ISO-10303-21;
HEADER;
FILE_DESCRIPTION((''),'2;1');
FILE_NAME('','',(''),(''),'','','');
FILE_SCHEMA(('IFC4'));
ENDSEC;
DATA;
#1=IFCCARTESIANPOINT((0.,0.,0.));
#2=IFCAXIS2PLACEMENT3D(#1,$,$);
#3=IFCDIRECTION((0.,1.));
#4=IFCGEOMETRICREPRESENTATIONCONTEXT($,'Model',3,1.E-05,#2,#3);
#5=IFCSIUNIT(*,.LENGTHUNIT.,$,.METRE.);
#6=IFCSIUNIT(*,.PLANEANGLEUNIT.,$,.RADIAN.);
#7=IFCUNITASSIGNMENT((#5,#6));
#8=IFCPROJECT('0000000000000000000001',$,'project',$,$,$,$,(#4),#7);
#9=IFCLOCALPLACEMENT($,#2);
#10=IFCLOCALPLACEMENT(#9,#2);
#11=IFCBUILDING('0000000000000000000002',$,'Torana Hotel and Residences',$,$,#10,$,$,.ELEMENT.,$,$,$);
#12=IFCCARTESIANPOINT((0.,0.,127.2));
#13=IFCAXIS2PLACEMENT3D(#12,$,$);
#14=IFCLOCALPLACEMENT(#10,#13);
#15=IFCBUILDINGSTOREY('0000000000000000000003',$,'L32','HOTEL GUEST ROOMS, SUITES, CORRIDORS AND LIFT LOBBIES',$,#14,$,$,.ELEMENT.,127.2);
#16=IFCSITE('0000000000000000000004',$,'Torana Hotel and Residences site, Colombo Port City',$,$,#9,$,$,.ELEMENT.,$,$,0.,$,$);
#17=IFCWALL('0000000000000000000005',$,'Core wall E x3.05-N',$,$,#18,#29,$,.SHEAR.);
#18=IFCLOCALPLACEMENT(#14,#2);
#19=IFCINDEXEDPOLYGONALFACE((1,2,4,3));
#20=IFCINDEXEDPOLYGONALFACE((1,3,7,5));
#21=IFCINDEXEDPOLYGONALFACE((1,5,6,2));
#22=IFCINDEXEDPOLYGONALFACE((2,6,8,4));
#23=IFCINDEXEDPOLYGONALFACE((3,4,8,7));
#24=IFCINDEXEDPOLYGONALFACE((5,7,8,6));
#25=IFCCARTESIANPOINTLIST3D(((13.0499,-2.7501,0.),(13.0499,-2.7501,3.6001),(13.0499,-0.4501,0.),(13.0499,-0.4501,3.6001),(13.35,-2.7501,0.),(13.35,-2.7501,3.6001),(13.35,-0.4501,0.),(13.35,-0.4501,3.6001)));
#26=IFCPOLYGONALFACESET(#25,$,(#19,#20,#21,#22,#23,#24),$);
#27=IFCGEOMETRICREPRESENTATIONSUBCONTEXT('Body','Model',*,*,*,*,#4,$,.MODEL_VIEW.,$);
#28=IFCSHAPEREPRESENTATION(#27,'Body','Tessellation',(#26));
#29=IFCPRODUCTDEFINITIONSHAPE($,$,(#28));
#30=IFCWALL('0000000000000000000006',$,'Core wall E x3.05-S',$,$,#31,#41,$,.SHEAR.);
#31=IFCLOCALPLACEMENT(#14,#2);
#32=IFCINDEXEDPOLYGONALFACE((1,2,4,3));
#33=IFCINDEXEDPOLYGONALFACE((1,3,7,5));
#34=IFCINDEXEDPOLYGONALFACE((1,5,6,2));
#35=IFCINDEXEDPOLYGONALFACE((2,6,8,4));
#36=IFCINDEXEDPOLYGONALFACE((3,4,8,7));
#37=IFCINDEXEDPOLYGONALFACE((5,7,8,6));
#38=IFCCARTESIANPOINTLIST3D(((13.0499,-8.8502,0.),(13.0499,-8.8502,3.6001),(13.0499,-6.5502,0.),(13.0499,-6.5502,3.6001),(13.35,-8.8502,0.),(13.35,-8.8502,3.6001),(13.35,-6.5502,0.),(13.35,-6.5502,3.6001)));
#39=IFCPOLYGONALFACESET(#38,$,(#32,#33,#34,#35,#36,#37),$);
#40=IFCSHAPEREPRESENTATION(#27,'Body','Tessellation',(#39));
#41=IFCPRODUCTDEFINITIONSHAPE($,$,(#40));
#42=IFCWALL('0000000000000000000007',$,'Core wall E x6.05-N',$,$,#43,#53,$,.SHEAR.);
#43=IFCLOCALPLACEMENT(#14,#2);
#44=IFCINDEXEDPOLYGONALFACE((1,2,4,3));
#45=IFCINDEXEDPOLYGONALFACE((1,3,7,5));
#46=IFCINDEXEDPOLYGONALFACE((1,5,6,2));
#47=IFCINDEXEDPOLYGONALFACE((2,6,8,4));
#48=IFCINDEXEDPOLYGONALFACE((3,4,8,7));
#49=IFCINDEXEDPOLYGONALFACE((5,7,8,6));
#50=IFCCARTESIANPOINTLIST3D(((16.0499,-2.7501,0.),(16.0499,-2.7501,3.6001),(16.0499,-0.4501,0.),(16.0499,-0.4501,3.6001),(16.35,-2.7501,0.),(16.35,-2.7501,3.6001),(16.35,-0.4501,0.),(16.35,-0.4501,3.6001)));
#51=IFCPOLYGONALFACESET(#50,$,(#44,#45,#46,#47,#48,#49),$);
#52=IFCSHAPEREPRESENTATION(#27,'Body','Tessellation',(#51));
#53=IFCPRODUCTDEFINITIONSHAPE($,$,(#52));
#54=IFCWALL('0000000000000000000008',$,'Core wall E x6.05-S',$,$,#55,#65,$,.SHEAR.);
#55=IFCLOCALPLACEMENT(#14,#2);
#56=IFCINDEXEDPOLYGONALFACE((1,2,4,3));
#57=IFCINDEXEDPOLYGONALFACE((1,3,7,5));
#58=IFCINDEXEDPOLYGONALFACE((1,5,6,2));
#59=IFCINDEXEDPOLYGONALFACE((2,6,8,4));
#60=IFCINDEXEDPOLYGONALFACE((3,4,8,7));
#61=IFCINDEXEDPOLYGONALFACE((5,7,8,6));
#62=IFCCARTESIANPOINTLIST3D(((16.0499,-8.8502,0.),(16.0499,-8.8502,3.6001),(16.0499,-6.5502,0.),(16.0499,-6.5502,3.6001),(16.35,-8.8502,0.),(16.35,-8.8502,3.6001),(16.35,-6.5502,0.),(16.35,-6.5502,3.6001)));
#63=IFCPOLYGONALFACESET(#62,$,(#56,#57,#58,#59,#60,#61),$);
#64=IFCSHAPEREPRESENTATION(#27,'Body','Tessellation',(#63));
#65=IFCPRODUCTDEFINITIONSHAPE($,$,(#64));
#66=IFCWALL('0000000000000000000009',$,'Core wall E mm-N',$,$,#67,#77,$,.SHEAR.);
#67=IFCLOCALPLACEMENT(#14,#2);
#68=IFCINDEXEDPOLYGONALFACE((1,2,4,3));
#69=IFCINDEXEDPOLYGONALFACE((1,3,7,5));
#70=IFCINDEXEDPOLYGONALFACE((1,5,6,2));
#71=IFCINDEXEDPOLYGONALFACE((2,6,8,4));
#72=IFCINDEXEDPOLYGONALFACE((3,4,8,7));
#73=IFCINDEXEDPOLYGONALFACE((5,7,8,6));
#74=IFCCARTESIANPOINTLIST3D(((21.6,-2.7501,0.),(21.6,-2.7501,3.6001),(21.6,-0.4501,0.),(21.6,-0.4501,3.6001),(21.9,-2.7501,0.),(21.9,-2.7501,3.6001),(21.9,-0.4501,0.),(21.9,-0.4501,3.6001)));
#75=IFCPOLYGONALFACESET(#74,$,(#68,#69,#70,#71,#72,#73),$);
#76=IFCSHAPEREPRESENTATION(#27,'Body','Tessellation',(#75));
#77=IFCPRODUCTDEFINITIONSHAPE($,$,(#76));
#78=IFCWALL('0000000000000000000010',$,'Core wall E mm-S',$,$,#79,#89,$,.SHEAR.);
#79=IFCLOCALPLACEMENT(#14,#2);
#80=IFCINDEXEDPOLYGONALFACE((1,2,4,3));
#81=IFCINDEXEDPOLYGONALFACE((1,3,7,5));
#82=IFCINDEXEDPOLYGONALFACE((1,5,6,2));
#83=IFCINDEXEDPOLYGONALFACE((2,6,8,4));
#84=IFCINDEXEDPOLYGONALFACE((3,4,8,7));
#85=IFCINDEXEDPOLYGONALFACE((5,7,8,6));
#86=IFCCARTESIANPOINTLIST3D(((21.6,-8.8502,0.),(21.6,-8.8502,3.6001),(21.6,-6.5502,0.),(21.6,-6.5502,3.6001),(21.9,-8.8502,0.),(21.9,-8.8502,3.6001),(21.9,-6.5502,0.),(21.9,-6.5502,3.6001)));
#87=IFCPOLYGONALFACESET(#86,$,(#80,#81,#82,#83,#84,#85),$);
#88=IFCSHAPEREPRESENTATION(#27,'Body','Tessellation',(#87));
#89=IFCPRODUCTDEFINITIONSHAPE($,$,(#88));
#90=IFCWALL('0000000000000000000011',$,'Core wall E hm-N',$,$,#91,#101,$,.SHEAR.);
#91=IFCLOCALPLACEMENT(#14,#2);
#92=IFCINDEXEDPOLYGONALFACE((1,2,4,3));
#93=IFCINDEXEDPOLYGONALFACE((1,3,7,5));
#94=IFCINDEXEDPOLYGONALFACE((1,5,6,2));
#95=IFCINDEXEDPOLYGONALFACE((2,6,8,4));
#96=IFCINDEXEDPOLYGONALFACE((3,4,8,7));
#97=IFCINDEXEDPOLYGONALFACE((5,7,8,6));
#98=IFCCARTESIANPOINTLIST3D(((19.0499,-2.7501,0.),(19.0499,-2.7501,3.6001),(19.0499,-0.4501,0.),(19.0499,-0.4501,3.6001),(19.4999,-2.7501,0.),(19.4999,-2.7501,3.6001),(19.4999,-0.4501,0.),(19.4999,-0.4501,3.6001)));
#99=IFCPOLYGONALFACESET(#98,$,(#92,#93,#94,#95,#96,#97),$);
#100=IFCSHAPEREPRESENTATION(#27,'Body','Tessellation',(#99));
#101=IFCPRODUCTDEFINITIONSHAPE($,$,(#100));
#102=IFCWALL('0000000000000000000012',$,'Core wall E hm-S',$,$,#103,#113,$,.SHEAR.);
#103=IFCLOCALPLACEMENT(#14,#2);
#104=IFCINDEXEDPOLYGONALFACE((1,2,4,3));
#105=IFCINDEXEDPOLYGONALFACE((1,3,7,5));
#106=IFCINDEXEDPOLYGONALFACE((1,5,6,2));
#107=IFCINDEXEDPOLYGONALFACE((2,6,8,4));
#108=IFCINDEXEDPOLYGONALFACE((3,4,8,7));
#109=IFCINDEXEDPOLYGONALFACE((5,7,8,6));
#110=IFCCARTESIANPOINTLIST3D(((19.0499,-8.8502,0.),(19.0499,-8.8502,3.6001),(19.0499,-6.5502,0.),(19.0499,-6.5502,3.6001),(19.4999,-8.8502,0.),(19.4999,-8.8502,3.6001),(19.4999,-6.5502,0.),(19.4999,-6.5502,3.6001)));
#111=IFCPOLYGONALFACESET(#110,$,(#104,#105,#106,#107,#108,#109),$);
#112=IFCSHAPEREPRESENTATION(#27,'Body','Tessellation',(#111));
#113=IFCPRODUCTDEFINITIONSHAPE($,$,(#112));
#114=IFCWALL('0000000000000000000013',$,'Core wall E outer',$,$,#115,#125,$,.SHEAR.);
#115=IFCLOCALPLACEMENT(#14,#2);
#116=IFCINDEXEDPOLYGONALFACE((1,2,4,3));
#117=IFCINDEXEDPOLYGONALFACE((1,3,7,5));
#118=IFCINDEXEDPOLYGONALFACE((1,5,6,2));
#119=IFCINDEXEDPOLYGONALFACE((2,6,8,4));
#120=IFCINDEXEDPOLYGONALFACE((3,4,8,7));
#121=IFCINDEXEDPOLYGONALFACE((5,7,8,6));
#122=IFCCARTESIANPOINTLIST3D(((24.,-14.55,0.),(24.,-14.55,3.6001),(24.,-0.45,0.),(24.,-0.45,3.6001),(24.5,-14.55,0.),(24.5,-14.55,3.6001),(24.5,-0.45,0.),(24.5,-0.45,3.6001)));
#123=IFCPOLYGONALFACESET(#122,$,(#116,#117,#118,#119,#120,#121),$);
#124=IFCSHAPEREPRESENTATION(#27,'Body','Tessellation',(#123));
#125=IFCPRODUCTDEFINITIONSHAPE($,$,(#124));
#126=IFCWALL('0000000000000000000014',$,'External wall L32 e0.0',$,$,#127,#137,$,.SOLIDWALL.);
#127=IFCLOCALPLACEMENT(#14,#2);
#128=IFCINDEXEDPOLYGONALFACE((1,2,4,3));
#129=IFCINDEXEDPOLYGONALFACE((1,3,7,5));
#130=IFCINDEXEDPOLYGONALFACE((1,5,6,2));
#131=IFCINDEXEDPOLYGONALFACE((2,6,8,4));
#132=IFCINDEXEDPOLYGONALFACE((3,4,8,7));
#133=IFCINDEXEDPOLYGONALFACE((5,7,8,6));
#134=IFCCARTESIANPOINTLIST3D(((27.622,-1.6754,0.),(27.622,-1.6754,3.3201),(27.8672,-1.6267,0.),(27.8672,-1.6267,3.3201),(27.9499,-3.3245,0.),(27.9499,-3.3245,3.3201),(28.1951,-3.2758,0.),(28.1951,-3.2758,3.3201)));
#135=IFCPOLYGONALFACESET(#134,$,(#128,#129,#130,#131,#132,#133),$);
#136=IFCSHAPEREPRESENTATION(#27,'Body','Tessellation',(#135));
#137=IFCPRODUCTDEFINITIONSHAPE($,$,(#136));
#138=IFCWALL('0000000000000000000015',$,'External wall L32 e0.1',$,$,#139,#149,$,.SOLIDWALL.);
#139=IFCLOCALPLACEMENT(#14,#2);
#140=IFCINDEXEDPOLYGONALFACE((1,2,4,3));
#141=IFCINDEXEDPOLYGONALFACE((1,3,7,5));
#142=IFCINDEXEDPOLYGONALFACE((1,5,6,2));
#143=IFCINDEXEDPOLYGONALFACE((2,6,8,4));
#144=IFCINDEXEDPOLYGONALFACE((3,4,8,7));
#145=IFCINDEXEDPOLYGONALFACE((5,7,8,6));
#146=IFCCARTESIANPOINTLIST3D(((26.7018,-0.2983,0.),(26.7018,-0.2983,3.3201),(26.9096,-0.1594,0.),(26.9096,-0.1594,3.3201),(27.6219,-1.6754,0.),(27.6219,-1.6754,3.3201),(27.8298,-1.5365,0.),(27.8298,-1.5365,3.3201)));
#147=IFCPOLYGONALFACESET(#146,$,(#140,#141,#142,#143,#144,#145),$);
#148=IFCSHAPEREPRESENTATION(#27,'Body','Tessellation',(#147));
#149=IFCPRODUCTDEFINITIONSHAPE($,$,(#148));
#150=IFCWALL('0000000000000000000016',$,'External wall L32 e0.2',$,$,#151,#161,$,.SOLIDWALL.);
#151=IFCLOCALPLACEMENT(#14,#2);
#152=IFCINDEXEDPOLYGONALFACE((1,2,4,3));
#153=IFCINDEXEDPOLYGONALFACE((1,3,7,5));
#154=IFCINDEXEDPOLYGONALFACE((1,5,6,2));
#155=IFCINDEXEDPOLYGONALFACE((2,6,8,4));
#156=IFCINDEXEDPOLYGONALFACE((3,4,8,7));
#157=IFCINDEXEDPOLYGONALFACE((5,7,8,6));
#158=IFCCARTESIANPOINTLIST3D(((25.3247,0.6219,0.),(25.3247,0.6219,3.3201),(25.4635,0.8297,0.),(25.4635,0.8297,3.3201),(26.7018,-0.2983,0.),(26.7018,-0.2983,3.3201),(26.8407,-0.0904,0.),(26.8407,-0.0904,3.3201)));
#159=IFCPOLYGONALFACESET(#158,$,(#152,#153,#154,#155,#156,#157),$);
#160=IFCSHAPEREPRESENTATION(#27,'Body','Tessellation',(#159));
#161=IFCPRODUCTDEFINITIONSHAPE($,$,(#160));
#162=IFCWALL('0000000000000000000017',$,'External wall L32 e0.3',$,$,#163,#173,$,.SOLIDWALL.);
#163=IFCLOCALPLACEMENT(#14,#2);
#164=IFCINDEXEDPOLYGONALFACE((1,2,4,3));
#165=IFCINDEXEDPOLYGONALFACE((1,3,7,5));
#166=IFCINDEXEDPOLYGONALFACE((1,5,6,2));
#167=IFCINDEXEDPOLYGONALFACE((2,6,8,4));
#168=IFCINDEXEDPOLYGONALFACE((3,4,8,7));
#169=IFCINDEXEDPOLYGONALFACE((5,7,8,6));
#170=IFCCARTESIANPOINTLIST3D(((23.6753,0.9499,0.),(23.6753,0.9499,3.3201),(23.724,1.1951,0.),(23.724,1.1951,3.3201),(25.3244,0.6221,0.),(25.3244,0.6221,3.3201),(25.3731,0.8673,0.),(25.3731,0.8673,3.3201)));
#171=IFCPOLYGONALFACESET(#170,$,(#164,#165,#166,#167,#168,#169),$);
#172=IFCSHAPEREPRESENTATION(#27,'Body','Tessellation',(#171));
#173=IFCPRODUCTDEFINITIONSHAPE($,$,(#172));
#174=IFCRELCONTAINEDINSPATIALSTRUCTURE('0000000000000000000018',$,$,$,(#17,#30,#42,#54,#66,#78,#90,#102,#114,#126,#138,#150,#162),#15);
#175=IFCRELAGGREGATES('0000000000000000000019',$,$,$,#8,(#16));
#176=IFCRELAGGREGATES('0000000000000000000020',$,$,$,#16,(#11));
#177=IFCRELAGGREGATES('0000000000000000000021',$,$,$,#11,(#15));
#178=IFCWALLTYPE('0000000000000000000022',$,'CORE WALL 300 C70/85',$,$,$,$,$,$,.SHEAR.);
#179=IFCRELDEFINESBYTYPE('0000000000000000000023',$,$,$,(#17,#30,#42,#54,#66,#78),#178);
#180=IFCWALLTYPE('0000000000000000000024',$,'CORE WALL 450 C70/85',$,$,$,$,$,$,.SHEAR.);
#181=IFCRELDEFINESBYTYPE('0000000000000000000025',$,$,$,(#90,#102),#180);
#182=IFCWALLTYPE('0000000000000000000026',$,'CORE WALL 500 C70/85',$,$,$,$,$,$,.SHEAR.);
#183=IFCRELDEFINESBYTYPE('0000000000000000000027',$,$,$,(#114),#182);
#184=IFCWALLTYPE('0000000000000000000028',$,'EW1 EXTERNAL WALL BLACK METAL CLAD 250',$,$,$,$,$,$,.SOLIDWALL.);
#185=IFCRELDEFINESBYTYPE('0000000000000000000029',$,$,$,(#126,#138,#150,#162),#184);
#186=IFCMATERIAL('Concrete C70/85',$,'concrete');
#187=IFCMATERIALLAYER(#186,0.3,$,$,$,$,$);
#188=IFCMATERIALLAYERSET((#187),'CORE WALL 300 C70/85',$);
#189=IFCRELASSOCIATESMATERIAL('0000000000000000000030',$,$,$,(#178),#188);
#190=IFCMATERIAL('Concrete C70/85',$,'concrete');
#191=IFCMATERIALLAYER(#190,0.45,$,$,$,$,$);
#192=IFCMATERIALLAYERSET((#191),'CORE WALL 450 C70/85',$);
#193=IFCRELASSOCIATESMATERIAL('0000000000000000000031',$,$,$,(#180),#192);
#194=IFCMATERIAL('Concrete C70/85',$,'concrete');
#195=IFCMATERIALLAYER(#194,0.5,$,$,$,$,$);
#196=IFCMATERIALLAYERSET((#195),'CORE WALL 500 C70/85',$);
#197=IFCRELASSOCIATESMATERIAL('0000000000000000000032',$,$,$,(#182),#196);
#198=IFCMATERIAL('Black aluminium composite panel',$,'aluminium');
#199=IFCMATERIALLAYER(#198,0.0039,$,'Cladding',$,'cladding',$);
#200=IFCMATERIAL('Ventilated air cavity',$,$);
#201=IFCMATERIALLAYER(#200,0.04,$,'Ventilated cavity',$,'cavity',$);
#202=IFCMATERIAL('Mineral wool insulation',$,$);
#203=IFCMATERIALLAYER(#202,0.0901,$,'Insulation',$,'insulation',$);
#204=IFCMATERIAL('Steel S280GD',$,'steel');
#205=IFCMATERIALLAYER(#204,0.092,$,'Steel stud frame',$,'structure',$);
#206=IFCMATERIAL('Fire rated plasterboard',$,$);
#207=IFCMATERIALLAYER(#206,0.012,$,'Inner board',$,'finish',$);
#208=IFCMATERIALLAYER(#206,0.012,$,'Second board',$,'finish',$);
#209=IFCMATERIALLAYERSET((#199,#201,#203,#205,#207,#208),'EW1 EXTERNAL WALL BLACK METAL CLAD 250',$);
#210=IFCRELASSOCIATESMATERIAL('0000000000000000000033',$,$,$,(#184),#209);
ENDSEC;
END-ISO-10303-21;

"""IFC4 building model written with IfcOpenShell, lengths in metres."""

from ifc_helpers import new_model, si_unit, direction, frame, frame_2d, origin, place, context, subcontext, project, spatial, rectangle, extrude, material, layer, layer_set, type_object, element, save


model = new_model("IFC4")

# Units and contexts
model_context = context("Model", 3, precision=1e-05, world=origin(), true_north=direction((0.0, 1.0)))
body_context = subcontext(model_context, "Body", "Model", "MODEL_VIEW")
ifc_project = project(units=[si_unit("LENGTHUNIT", "METRE"), si_unit("PLANEANGLEUNIT", "RADIAN")], contexts=[model_context])

# Site, building, storey
site_placement = place(None, origin())
site = spatial("IfcSite", under=ifc_project, at=site_placement, Name="Torana Hotel and Residences site, Colombo Port City", CompositionType="ELEMENT", RefElevation=0.0)
building_placement = place(site_placement, origin())
building = spatial("IfcBuilding", under=site, at=building_placement, Name="Torana Hotel and Residences", CompositionType="ELEMENT")
storey_placement = place(building_placement, frame((0.0, 0.0, 127.2)))
storey = spatial("IfcBuildingStorey", under=building, at=storey_placement, Name="L32", Description="HOTEL GUEST ROOMS, SUITES, CORRIDORS AND LIFT LOBBIES", CompositionType="ELEMENT", Elevation=127.2)

# Walls
ifc_material_1 = material(Name="Concrete C70/85", Category="concrete")
ifc_layer_1 = layer(ifc_material_1, 0.3)
ifc_layer_set_1 = layer_set([ifc_layer_1], Name="CORE WALL 300 C70/85")
wall_type_1 = type_object("IfcWallType", Name="CORE WALL 300 C70/85", PredefinedType="SHEAR", material=ifc_layer_set_1)
for number, where, z_axis, x_axis, name in (
    (1, (13.2, -2.75, 0.0), (0.0, 0.0, 1.0), (0.0, 1.0, 0.0), "Core wall E x3.05-N"),
    (2, (13.2, -8.8501, 0.0), (0.0, 0.0, 1.0), (0.0, 1.0, 0.0), "Core wall E x3.05-S"),
    (3, (16.2, -2.75, 0.0), (0.0, 0.0, 1.0), (0.0, 1.0, 0.0), "Core wall E x6.05-N"),
    (4, (16.2, -8.8501, 0.0), (0.0, 0.0, 1.0), (0.0, 1.0, 0.0), "Core wall E x6.05-S"),
    (5, (21.75, -2.75, 0.0), (0.0, 0.0, 1.0), (0.0, 1.0, 0.0), "Core wall E mm-N"),
    (6, (21.75, -8.8501, 0.0), (0.0, 0.0, 1.0), (0.0, 1.0, 0.0), "Core wall E mm-S"),
):
    element("IfcWall", number, at=place(storey_placement, frame(where, z_axis=z_axis, x_axis=x_axis)), inside=storey, type_object=wall_type_1, Name=name, PredefinedType="SHEAR", context=body_context, shape_type="SweptSolid", body=[
        extrude(rectangle(XDim=2.3, YDim=0.3, at=frame_2d((1.1499, 0.0))), origin(), (0.0, 0.0, 1.0), 3.6001),
    ])
ifc_material_2 = material(Name="Concrete C70/85", Category="concrete")
ifc_layer_2 = layer(ifc_material_2, 0.45)
ifc_layer_set_2 = layer_set([ifc_layer_2], Name="CORE WALL 450 C70/85")
wall_type_2 = type_object("IfcWallType", Name="CORE WALL 450 C70/85", PredefinedType="SHEAR", material=ifc_layer_set_2)
for number, where, z_axis, x_axis, name in (
    (7, (19.2749, -2.75, 0.0), (0.0, 0.0, 1.0), (0.0, 1.0, 0.0), "Core wall E hm-N"),
    (8, (19.2749, -8.8501, 0.0), (0.0, 0.0, 1.0), (0.0, 1.0, 0.0), "Core wall E hm-S"),
):
    element("IfcWall", number, at=place(storey_placement, frame(where, z_axis=z_axis, x_axis=x_axis)), inside=storey, type_object=wall_type_2, Name=name, PredefinedType="SHEAR", context=body_context, shape_type="SweptSolid", body=[
        extrude(rectangle(XDim=2.3, YDim=0.45, at=frame_2d((1.1499, 0.0))), origin(), (0.0, 0.0, 1.0), 3.6001),
    ])
ifc_material_3 = material(Name="Concrete C70/85", Category="concrete")
ifc_layer_3 = layer(ifc_material_3, 0.5)
ifc_layer_set_3 = layer_set([ifc_layer_3], Name="CORE WALL 500 C70/85")
wall_type_3 = type_object("IfcWallType", Name="CORE WALL 500 C70/85", PredefinedType="SHEAR", material=ifc_layer_set_3)
wall_1_placement = place(storey_placement, frame((24.25, -14.55, 0.0), z_axis=(0.0, 0.0, 1.0), x_axis=(0.0, 1.0, 0.0)))
element("IfcWall", 9, at=wall_1_placement, inside=storey, type_object=wall_type_3, Name="Core wall E outer", PredefinedType="SHEAR", context=body_context, shape_type="SweptSolid", body=[
    extrude(rectangle(XDim=14.1001, YDim=0.5, at=frame_2d((7.05, 0.0))), origin(), (0.0, 0.0, 1.0), 3.6001),
])
ifc_material_4 = material(Name="Black aluminium composite panel", Category="aluminium")
ifc_layer_4 = layer(ifc_material_4, 0.0039, Name="Cladding", Category="cladding")
ifc_material_5 = material(Name="Ventilated air cavity")
ifc_layer_5 = layer(ifc_material_5, 0.04, Name="Ventilated cavity", Category="cavity")
ifc_material_6 = material(Name="Mineral wool insulation")
ifc_layer_6 = layer(ifc_material_6, 0.0901, Name="Insulation", Category="insulation")
ifc_material_7 = material(Name="Steel S280GD", Category="steel")
ifc_layer_7 = layer(ifc_material_7, 0.092, Name="Steel stud frame", Category="structure")
ifc_material_8 = material(Name="Fire rated plasterboard")
ifc_layer_8 = layer(ifc_material_8, 0.012, Name="Inner board", Category="finish")
ifc_layer_9 = layer(ifc_material_8, 0.012, Name="Second board", Category="finish")
ifc_layer_set_4 = layer_set([ifc_layer_4, ifc_layer_5, ifc_layer_6, ifc_layer_7, ifc_layer_8, ifc_layer_9], Name="EW1 EXTERNAL WALL BLACK METAL CLAD 250")
wall_type_4 = type_object("IfcWallType", Name="EW1 EXTERNAL WALL BLACK METAL CLAD 250", PredefinedType="SOLIDWALL", material=ifc_layer_set_4)
wall_2_placement = place(storey_placement, frame((28.0725, -3.3003, 0.0), z_axis=(0.0, 0.0, 1.0), x_axis=(-0.194999, 0.980803, 0.0)))
element("IfcWall", 10, at=wall_2_placement, inside=storey, type_object=wall_type_4, Name="External wall L32 e0.0", PredefinedType="SOLIDWALL", context=body_context, shape_type="SweptSolid", body=[
    extrude(rectangle(XDim=1.6814, YDim=0.25, at=frame_2d((0.8408, 0.0))), origin(), (0.0, 0.0, 1.0), 3.3201),
])
for number, where, z_axis, x_axis, name in (
    (11, (27.7258, -1.606, 0.0), (0.0, 0.0, 1.0), (-0.55555, 0.831483, 0.0), "External wall L32 e0.1"),
    (12, (26.7712, -0.1943, 0.0), (0.0, 0.0, 1.0), (-0.831483, 0.55555, 0.0), "External wall L32 e0.2"),
):
    element("IfcWall", number, at=place(storey_placement, frame(where, z_axis=z_axis, x_axis=x_axis)), inside=storey, type_object=wall_type_4, Name=name, PredefinedType="SOLIDWALL", context=body_context, shape_type="SweptSolid", body=[
        extrude(rectangle(XDim=1.6562, YDim=0.25, at=frame_2d((0.8281, 0.0))), origin(), (0.0, 0.0, 1.0), 3.3201),
    ])
wall_3_placement = place(storey_placement, frame((25.3489, 0.7446, 0.0), z_axis=(0.0, 0.0, 1.0), x_axis=(-0.980803, 0.194999, 0.0)))
element("IfcWall", 13, at=wall_3_placement, inside=storey, type_object=wall_type_4, Name="External wall L32 e0.3", PredefinedType="SOLIDWALL", context=body_context, shape_type="SweptSolid", body=[
    extrude(rectangle(XDim=1.6814, YDim=0.25, at=frame_2d((0.8408, 0.0))), origin(), (0.0, 0.0, 1.0), 3.3201),
])

save(model, "model.ifc")
